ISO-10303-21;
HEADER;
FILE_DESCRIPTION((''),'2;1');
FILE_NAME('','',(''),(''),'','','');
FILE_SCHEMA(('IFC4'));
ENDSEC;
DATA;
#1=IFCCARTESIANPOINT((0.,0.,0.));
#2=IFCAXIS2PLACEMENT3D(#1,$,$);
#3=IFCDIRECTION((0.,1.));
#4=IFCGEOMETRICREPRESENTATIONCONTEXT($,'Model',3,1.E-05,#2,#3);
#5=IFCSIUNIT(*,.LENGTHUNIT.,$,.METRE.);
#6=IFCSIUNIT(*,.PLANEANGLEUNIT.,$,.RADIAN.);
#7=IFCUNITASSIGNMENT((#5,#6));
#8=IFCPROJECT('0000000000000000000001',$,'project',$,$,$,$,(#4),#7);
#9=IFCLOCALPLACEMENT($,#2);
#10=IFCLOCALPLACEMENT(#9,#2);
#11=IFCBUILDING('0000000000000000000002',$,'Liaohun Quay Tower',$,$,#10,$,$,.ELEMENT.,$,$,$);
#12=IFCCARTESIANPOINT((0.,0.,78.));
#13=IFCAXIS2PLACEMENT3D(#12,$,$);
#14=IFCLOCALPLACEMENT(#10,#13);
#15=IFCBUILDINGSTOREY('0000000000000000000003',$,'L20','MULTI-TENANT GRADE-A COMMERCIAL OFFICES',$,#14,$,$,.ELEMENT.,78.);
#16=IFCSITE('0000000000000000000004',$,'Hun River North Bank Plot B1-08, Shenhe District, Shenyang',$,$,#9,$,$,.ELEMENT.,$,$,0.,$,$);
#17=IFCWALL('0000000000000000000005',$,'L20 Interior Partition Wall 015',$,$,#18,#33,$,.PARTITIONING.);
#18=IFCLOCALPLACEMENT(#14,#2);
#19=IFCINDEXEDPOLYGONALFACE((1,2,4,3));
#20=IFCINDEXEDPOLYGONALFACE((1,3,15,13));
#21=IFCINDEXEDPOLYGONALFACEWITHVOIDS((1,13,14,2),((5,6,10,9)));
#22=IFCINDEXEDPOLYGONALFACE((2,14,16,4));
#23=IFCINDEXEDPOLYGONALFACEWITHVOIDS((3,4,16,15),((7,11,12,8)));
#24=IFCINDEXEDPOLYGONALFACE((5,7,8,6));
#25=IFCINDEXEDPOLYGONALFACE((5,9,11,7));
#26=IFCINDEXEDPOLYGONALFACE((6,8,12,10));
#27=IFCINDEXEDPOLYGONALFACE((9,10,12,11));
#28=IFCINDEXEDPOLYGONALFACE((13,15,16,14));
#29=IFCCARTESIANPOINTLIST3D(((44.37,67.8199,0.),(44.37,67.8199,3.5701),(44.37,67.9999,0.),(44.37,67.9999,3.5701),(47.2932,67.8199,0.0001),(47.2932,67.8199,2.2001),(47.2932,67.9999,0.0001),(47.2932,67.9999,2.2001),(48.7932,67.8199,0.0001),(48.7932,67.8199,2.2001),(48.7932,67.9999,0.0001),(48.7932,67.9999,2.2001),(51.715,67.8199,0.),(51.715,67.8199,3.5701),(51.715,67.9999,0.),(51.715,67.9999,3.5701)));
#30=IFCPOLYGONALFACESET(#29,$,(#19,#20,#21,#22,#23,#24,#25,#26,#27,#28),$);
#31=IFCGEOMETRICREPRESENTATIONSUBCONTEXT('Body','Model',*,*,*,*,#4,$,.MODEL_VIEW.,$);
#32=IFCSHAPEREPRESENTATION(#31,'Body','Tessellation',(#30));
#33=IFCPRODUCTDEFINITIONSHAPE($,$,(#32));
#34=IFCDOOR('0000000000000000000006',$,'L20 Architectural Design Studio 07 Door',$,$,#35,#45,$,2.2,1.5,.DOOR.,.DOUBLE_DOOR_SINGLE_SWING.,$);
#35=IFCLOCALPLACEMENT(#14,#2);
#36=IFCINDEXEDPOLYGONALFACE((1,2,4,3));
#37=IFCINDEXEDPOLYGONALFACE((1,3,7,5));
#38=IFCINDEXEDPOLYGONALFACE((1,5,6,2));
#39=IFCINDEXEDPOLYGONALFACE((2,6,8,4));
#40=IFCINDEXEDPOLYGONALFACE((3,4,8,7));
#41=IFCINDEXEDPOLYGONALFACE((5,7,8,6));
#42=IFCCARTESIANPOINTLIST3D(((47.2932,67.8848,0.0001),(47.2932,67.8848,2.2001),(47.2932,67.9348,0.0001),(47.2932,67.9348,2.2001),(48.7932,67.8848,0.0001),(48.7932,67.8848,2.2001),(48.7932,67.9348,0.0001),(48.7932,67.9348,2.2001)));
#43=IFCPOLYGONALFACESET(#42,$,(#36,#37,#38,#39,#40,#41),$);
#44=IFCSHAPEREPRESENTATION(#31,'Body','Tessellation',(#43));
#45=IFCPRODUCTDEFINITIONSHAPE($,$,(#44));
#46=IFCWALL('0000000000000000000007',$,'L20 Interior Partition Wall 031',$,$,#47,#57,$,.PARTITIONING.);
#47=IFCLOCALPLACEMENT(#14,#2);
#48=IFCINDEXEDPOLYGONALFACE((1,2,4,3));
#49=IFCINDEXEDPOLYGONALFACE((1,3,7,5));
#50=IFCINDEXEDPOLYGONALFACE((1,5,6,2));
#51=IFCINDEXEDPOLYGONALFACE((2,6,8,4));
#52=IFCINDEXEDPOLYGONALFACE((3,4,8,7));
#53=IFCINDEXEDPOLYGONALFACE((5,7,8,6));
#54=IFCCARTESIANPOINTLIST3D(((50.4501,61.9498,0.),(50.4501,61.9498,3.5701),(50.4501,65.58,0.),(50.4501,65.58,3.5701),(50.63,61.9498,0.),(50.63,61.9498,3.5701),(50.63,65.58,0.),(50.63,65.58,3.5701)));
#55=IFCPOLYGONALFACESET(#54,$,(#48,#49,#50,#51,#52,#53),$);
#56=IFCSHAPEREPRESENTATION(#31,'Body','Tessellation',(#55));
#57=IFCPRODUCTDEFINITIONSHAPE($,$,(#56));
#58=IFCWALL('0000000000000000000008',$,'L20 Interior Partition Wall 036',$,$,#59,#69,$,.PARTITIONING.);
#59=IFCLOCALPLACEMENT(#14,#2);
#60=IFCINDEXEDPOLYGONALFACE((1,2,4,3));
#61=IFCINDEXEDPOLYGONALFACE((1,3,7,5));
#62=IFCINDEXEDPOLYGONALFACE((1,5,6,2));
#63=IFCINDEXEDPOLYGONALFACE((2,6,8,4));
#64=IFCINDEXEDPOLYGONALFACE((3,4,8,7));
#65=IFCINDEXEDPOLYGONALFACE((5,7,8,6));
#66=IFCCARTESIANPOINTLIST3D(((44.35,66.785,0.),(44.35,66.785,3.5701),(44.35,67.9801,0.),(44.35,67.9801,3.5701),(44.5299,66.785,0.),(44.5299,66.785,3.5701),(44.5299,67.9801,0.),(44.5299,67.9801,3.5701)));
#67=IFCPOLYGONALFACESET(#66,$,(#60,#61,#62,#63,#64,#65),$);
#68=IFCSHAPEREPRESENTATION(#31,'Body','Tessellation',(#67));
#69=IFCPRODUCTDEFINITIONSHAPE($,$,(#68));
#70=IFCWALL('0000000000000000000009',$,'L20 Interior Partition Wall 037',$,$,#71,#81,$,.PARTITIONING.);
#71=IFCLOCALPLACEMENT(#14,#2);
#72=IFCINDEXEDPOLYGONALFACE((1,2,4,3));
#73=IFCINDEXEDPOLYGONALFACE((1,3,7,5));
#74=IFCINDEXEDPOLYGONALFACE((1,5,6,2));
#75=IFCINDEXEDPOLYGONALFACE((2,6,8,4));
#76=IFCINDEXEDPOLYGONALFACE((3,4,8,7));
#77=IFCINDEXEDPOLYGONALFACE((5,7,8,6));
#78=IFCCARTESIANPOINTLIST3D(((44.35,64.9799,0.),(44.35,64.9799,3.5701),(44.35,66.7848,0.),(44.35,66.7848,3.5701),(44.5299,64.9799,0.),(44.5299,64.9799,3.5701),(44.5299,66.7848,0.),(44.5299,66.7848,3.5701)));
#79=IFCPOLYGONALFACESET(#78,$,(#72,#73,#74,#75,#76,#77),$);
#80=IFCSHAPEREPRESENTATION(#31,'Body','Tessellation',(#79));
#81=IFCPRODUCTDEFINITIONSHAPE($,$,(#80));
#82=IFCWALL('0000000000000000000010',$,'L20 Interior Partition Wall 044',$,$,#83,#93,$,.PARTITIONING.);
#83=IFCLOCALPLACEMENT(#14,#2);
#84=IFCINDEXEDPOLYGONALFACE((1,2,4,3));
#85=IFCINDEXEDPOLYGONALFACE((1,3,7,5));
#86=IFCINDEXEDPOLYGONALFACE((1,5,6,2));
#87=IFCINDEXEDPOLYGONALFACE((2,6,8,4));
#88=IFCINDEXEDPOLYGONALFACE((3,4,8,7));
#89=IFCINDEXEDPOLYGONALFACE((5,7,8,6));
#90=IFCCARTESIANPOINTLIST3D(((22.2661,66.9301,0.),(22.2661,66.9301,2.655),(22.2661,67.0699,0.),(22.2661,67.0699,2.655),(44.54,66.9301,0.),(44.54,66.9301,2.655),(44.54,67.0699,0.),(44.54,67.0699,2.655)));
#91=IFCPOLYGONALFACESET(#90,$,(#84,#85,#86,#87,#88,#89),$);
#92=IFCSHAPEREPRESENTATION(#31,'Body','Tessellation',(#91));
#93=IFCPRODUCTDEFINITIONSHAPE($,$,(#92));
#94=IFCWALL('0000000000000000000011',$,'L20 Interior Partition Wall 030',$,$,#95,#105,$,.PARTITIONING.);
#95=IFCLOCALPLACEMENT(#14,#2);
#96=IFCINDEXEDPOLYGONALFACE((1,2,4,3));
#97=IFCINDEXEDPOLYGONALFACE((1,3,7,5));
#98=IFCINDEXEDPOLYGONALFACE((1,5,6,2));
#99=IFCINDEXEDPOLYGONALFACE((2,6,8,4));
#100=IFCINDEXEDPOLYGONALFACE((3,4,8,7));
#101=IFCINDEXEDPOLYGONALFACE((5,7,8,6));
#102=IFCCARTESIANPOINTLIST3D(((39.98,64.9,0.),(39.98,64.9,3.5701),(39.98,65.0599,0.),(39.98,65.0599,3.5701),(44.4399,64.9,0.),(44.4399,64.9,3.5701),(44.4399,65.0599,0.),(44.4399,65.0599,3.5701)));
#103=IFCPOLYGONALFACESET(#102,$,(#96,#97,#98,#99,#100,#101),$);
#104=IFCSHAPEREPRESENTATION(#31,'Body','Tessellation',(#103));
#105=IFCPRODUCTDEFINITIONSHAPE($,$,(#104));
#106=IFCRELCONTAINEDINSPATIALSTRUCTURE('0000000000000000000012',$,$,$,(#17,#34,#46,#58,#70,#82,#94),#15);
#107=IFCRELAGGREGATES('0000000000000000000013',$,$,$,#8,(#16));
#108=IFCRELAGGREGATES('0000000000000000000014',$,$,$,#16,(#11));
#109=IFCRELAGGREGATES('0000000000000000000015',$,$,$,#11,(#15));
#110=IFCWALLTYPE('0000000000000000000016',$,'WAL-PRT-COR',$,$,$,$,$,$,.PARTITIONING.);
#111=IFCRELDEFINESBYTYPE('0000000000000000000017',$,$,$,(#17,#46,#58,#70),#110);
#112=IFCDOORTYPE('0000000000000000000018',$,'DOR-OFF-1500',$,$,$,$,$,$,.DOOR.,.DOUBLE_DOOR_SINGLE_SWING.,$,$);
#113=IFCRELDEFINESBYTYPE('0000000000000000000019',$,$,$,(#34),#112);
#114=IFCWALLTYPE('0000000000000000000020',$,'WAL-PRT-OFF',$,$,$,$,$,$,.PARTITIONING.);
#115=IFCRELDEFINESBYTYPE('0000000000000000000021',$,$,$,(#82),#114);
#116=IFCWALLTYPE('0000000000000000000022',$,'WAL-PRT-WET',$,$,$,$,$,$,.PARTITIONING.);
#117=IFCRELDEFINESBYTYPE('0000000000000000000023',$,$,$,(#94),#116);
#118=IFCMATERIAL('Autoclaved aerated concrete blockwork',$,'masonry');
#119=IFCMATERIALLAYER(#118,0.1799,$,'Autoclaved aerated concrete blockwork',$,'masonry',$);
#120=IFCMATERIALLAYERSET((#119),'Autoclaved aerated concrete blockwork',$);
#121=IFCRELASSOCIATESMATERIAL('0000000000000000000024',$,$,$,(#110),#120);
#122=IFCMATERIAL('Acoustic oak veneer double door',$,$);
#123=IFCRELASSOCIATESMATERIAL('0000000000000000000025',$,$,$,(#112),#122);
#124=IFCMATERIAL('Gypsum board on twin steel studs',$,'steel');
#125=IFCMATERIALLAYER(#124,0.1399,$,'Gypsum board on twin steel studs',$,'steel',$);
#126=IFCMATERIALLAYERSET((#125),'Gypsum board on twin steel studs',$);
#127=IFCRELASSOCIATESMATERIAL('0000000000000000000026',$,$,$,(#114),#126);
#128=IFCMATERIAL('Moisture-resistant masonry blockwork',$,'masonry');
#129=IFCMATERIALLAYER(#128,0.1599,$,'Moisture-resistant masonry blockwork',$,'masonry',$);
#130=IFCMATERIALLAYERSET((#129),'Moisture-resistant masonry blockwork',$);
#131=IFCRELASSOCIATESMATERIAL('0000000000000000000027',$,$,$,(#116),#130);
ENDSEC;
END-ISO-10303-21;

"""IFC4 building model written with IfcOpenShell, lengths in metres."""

from ifc_helpers import new_model, si_unit, direction, frame, frame_2d, origin, place, context, subcontext, project, spatial, rectangle, extrude, source, transform, mapped, material, layer, layer_set, type_object, element, fill, save


model = new_model("IFC4")

# Units and contexts
model_context = context("Model", 3, precision=1e-05, world=origin(), true_north=direction((0.0, 1.0)))
body_context = subcontext(model_context, "Body", "Model", "MODEL_VIEW")
ifc_project = project(units=[si_unit("LENGTHUNIT", "METRE"), si_unit("PLANEANGLEUNIT", "RADIAN")], contexts=[model_context])

# Site, building, storey
site_placement = place(None, origin())
site = spatial("IfcSite", under=ifc_project, at=site_placement, Name="Hun River North Bank Plot B1-08, Shenhe District, Shenyang", CompositionType="ELEMENT", RefElevation=0.0)
building_placement = place(site_placement, origin())
building = spatial("IfcBuilding", under=site, at=building_placement, Name="Liaohun Quay Tower", CompositionType="ELEMENT")
storey_placement = place(building_placement, frame((0.0, 0.0, 78.0)))
storey = spatial("IfcBuildingStorey", under=building, at=storey_placement, Name="L20", Description="MULTI-TENANT GRADE-A COMMERCIAL OFFICES", CompositionType="ELEMENT", Elevation=78.0)

# Wall, opening, door
ifc_material_1 = material(Name="Autoclaved aerated concrete blockwork", Category="masonry")
ifc_layer_1 = layer(ifc_material_1, 0.1799, Name="Autoclaved aerated concrete blockwork", Category="masonry")
ifc_layer_set_1 = layer_set([ifc_layer_1], Name="Autoclaved aerated concrete blockwork")
wall_type_1 = type_object("IfcWallType", Name="WAL-PRT-COR", PredefinedType="PARTITIONING", material=ifc_layer_set_1)
wall_1_placement = place(storey_placement, frame((44.3701, 67.9099, 0.0), z_axis=(0.0, 0.0, 1.0), x_axis=(1.0, 0.0, 0.0)))
wall_1 = element("IfcWall", 1, at=wall_1_placement, inside=storey, type_object=wall_type_1, Name="L20 Interior Partition Wall 015", PredefinedType="PARTITIONING", context=body_context, shape_type="SweptSolid", body=[
    extrude(rectangle(XDim=7.345, YDim=0.1799, at=frame_2d((3.6724, 0.0))), origin(), (0.0, 0.0, 1.0), 3.5701),
])
shared_shape_1 = source(origin(), body_context, "Body", "SweptSolid", [
    extrude(rectangle(XDim=1.5, YDim=2.2, at=frame_2d((0.75, 1.1001))), frame((0.0, 0.0999, 0.0), z_axis=(0.0, -1.0, 0.0), x_axis=(1.0, 0.0, 0.0)), (0.0, 0.0, 1.0), 0.2),
])
opening_1_placement = place(wall_1_placement, frame((2.9231, 0.0, 0.0)))
opening_1 = element("IfcOpeningElement", 2, at=opening_1_placement, cuts=wall_1, PredefinedType="OPENING", context=body_context, shape_type="MappedRepresentation", body=[
    mapped(shared_shape_1, transform((0.0, 0.0, 0.0), x_axis=(1.0, 0.0, 0.0), y_axis=(0.0, 1.0, 0.0), z_axis=(0.0, 0.0, 1.0), scale=1.0)),
])
ifc_material_2 = material(Name="Acoustic oak veneer double door")
door_type_1 = type_object("IfcDoorType", Name="DOR-OFF-1500", OperationType="DOUBLE_DOOR_SINGLE_SWING", PredefinedType="DOOR", material=ifc_material_2)
shared_shape_2 = source(origin(), body_context, "Body", "SweptSolid", [
    extrude(rectangle(XDim=1.5, YDim=2.2, at=frame_2d((0.75, 1.1001))), frame((0.0, 0.0249, 0.0), z_axis=(0.0, -1.0, 0.0), x_axis=(1.0, 0.0, 0.0)), (0.0, 0.0, 1.0), 0.05),
])
door_1_placement = place(opening_1_placement, origin())
door_1 = element("IfcDoor", 3, at=door_1_placement, inside=storey, type_object=door_type_1, Name="L20 Architectural Design Studio 07 Door", OperationType="DOUBLE_DOOR_SINGLE_SWING", OverallHeight=2.2, OverallWidth=1.5, PredefinedType="DOOR", context=body_context, shape_type="MappedRepresentation", body=[
    mapped(shared_shape_2, transform((0.0, 0.0, 0.0), x_axis=(1.0, 0.0, 0.0), y_axis=(0.0, 1.0, 0.0), z_axis=(0.0, 0.0, 1.0), scale=1.0)),
])
fill(opening_1, door_1)

# Walls
wall_2_placement = place(storey_placement, frame((50.54, 61.95, 0.0), z_axis=(0.0, 0.0, 1.0), x_axis=(0.0, 1.0, 0.0)))
element("IfcWall", 4, at=wall_2_placement, inside=storey, type_object=wall_type_1, Name="L20 Interior Partition Wall 031", PredefinedType="PARTITIONING", context=body_context, shape_type="SweptSolid", body=[
    extrude(rectangle(XDim=3.6301, YDim=0.1799, at=frame_2d((1.8149, 0.0))), origin(), (0.0, 0.0, 1.0), 3.5701),
])
wall_3_placement = place(storey_placement, frame((44.4399, 66.7849, 0.0), z_axis=(0.0, 0.0, 1.0), x_axis=(0.0, 1.0, 0.0)))
element("IfcWall", 5, at=wall_3_placement, inside=storey, type_object=wall_type_1, Name="L20 Interior Partition Wall 036", PredefinedType="PARTITIONING", context=body_context, shape_type="SweptSolid", body=[
    extrude(rectangle(XDim=1.1951, YDim=0.1799, at=frame_2d((0.5977, 0.0))), origin(), (0.0, 0.0, 1.0), 3.5701),
])
wall_4_placement = place(storey_placement, frame((44.4399, 64.98, 0.0), z_axis=(0.0, 0.0, 1.0), x_axis=(0.0, 1.0, 0.0)))
element("IfcWall", 6, at=wall_4_placement, inside=storey, type_object=wall_type_1, Name="L20 Interior Partition Wall 037", PredefinedType="PARTITIONING", context=body_context, shape_type="SweptSolid", body=[
    extrude(rectangle(XDim=1.8049, YDim=0.1799, at=frame_2d((0.9023, 0.0))), origin(), (0.0, 0.0, 1.0), 3.5701),
])
ifc_material_3 = material(Name="Gypsum board on twin steel studs", Category="steel")
ifc_layer_2 = layer(ifc_material_3, 0.1399, Name="Gypsum board on twin steel studs", Category="steel")
ifc_layer_set_2 = layer_set([ifc_layer_2], Name="Gypsum board on twin steel studs")
wall_type_2 = type_object("IfcWallType", Name="WAL-PRT-OFF", PredefinedType="PARTITIONING", material=ifc_layer_set_2)
wall_5_placement = place(storey_placement, frame((44.54, 67.0, 0.0), z_axis=(0.0, 0.0, 1.0), x_axis=(-1.0, 0.0, 0.0)))
element("IfcWall", 7, at=wall_5_placement, inside=storey, type_object=wall_type_2, Name="L20 Interior Partition Wall 044", PredefinedType="PARTITIONING", context=body_context, shape_type="SweptSolid", body=[
    extrude(rectangle(XDim=22.2739, YDim=0.1399, at=frame_2d((11.137, 0.0))), origin(), (0.0, 0.0, 1.0), 2.655),
])

# Shared definitions
ifc_material_4 = material(Name="Moisture-resistant masonry blockwork", Category="masonry")
ifc_layer_3 = layer(ifc_material_4, 0.1599, Name="Moisture-resistant masonry blockwork", Category="masonry")
ifc_layer_set_3 = layer_set([ifc_layer_3], Name="Moisture-resistant masonry blockwork")
wall_type_3 = type_object("IfcWallType", Name="WAL-PRT-WET", PredefinedType="PARTITIONING", material=ifc_layer_set_3)

# Wall
wall_6_placement = place(storey_placement, frame((39.98, 64.98, 0.0), z_axis=(0.0, 0.0, 1.0), x_axis=(1.0, 0.0, 0.0)))
element("IfcWall", 8, at=wall_6_placement, inside=storey, type_object=wall_type_3, Name="L20 Interior Partition Wall 030", PredefinedType="PARTITIONING", context=body_context, shape_type="SweptSolid", body=[
    extrude(rectangle(XDim=4.46, YDim=0.1599, at=frame_2d((2.23, 0.0))), origin(), (0.0, 0.0, 1.0), 3.5701),
])

save(model, "model.ifc")
